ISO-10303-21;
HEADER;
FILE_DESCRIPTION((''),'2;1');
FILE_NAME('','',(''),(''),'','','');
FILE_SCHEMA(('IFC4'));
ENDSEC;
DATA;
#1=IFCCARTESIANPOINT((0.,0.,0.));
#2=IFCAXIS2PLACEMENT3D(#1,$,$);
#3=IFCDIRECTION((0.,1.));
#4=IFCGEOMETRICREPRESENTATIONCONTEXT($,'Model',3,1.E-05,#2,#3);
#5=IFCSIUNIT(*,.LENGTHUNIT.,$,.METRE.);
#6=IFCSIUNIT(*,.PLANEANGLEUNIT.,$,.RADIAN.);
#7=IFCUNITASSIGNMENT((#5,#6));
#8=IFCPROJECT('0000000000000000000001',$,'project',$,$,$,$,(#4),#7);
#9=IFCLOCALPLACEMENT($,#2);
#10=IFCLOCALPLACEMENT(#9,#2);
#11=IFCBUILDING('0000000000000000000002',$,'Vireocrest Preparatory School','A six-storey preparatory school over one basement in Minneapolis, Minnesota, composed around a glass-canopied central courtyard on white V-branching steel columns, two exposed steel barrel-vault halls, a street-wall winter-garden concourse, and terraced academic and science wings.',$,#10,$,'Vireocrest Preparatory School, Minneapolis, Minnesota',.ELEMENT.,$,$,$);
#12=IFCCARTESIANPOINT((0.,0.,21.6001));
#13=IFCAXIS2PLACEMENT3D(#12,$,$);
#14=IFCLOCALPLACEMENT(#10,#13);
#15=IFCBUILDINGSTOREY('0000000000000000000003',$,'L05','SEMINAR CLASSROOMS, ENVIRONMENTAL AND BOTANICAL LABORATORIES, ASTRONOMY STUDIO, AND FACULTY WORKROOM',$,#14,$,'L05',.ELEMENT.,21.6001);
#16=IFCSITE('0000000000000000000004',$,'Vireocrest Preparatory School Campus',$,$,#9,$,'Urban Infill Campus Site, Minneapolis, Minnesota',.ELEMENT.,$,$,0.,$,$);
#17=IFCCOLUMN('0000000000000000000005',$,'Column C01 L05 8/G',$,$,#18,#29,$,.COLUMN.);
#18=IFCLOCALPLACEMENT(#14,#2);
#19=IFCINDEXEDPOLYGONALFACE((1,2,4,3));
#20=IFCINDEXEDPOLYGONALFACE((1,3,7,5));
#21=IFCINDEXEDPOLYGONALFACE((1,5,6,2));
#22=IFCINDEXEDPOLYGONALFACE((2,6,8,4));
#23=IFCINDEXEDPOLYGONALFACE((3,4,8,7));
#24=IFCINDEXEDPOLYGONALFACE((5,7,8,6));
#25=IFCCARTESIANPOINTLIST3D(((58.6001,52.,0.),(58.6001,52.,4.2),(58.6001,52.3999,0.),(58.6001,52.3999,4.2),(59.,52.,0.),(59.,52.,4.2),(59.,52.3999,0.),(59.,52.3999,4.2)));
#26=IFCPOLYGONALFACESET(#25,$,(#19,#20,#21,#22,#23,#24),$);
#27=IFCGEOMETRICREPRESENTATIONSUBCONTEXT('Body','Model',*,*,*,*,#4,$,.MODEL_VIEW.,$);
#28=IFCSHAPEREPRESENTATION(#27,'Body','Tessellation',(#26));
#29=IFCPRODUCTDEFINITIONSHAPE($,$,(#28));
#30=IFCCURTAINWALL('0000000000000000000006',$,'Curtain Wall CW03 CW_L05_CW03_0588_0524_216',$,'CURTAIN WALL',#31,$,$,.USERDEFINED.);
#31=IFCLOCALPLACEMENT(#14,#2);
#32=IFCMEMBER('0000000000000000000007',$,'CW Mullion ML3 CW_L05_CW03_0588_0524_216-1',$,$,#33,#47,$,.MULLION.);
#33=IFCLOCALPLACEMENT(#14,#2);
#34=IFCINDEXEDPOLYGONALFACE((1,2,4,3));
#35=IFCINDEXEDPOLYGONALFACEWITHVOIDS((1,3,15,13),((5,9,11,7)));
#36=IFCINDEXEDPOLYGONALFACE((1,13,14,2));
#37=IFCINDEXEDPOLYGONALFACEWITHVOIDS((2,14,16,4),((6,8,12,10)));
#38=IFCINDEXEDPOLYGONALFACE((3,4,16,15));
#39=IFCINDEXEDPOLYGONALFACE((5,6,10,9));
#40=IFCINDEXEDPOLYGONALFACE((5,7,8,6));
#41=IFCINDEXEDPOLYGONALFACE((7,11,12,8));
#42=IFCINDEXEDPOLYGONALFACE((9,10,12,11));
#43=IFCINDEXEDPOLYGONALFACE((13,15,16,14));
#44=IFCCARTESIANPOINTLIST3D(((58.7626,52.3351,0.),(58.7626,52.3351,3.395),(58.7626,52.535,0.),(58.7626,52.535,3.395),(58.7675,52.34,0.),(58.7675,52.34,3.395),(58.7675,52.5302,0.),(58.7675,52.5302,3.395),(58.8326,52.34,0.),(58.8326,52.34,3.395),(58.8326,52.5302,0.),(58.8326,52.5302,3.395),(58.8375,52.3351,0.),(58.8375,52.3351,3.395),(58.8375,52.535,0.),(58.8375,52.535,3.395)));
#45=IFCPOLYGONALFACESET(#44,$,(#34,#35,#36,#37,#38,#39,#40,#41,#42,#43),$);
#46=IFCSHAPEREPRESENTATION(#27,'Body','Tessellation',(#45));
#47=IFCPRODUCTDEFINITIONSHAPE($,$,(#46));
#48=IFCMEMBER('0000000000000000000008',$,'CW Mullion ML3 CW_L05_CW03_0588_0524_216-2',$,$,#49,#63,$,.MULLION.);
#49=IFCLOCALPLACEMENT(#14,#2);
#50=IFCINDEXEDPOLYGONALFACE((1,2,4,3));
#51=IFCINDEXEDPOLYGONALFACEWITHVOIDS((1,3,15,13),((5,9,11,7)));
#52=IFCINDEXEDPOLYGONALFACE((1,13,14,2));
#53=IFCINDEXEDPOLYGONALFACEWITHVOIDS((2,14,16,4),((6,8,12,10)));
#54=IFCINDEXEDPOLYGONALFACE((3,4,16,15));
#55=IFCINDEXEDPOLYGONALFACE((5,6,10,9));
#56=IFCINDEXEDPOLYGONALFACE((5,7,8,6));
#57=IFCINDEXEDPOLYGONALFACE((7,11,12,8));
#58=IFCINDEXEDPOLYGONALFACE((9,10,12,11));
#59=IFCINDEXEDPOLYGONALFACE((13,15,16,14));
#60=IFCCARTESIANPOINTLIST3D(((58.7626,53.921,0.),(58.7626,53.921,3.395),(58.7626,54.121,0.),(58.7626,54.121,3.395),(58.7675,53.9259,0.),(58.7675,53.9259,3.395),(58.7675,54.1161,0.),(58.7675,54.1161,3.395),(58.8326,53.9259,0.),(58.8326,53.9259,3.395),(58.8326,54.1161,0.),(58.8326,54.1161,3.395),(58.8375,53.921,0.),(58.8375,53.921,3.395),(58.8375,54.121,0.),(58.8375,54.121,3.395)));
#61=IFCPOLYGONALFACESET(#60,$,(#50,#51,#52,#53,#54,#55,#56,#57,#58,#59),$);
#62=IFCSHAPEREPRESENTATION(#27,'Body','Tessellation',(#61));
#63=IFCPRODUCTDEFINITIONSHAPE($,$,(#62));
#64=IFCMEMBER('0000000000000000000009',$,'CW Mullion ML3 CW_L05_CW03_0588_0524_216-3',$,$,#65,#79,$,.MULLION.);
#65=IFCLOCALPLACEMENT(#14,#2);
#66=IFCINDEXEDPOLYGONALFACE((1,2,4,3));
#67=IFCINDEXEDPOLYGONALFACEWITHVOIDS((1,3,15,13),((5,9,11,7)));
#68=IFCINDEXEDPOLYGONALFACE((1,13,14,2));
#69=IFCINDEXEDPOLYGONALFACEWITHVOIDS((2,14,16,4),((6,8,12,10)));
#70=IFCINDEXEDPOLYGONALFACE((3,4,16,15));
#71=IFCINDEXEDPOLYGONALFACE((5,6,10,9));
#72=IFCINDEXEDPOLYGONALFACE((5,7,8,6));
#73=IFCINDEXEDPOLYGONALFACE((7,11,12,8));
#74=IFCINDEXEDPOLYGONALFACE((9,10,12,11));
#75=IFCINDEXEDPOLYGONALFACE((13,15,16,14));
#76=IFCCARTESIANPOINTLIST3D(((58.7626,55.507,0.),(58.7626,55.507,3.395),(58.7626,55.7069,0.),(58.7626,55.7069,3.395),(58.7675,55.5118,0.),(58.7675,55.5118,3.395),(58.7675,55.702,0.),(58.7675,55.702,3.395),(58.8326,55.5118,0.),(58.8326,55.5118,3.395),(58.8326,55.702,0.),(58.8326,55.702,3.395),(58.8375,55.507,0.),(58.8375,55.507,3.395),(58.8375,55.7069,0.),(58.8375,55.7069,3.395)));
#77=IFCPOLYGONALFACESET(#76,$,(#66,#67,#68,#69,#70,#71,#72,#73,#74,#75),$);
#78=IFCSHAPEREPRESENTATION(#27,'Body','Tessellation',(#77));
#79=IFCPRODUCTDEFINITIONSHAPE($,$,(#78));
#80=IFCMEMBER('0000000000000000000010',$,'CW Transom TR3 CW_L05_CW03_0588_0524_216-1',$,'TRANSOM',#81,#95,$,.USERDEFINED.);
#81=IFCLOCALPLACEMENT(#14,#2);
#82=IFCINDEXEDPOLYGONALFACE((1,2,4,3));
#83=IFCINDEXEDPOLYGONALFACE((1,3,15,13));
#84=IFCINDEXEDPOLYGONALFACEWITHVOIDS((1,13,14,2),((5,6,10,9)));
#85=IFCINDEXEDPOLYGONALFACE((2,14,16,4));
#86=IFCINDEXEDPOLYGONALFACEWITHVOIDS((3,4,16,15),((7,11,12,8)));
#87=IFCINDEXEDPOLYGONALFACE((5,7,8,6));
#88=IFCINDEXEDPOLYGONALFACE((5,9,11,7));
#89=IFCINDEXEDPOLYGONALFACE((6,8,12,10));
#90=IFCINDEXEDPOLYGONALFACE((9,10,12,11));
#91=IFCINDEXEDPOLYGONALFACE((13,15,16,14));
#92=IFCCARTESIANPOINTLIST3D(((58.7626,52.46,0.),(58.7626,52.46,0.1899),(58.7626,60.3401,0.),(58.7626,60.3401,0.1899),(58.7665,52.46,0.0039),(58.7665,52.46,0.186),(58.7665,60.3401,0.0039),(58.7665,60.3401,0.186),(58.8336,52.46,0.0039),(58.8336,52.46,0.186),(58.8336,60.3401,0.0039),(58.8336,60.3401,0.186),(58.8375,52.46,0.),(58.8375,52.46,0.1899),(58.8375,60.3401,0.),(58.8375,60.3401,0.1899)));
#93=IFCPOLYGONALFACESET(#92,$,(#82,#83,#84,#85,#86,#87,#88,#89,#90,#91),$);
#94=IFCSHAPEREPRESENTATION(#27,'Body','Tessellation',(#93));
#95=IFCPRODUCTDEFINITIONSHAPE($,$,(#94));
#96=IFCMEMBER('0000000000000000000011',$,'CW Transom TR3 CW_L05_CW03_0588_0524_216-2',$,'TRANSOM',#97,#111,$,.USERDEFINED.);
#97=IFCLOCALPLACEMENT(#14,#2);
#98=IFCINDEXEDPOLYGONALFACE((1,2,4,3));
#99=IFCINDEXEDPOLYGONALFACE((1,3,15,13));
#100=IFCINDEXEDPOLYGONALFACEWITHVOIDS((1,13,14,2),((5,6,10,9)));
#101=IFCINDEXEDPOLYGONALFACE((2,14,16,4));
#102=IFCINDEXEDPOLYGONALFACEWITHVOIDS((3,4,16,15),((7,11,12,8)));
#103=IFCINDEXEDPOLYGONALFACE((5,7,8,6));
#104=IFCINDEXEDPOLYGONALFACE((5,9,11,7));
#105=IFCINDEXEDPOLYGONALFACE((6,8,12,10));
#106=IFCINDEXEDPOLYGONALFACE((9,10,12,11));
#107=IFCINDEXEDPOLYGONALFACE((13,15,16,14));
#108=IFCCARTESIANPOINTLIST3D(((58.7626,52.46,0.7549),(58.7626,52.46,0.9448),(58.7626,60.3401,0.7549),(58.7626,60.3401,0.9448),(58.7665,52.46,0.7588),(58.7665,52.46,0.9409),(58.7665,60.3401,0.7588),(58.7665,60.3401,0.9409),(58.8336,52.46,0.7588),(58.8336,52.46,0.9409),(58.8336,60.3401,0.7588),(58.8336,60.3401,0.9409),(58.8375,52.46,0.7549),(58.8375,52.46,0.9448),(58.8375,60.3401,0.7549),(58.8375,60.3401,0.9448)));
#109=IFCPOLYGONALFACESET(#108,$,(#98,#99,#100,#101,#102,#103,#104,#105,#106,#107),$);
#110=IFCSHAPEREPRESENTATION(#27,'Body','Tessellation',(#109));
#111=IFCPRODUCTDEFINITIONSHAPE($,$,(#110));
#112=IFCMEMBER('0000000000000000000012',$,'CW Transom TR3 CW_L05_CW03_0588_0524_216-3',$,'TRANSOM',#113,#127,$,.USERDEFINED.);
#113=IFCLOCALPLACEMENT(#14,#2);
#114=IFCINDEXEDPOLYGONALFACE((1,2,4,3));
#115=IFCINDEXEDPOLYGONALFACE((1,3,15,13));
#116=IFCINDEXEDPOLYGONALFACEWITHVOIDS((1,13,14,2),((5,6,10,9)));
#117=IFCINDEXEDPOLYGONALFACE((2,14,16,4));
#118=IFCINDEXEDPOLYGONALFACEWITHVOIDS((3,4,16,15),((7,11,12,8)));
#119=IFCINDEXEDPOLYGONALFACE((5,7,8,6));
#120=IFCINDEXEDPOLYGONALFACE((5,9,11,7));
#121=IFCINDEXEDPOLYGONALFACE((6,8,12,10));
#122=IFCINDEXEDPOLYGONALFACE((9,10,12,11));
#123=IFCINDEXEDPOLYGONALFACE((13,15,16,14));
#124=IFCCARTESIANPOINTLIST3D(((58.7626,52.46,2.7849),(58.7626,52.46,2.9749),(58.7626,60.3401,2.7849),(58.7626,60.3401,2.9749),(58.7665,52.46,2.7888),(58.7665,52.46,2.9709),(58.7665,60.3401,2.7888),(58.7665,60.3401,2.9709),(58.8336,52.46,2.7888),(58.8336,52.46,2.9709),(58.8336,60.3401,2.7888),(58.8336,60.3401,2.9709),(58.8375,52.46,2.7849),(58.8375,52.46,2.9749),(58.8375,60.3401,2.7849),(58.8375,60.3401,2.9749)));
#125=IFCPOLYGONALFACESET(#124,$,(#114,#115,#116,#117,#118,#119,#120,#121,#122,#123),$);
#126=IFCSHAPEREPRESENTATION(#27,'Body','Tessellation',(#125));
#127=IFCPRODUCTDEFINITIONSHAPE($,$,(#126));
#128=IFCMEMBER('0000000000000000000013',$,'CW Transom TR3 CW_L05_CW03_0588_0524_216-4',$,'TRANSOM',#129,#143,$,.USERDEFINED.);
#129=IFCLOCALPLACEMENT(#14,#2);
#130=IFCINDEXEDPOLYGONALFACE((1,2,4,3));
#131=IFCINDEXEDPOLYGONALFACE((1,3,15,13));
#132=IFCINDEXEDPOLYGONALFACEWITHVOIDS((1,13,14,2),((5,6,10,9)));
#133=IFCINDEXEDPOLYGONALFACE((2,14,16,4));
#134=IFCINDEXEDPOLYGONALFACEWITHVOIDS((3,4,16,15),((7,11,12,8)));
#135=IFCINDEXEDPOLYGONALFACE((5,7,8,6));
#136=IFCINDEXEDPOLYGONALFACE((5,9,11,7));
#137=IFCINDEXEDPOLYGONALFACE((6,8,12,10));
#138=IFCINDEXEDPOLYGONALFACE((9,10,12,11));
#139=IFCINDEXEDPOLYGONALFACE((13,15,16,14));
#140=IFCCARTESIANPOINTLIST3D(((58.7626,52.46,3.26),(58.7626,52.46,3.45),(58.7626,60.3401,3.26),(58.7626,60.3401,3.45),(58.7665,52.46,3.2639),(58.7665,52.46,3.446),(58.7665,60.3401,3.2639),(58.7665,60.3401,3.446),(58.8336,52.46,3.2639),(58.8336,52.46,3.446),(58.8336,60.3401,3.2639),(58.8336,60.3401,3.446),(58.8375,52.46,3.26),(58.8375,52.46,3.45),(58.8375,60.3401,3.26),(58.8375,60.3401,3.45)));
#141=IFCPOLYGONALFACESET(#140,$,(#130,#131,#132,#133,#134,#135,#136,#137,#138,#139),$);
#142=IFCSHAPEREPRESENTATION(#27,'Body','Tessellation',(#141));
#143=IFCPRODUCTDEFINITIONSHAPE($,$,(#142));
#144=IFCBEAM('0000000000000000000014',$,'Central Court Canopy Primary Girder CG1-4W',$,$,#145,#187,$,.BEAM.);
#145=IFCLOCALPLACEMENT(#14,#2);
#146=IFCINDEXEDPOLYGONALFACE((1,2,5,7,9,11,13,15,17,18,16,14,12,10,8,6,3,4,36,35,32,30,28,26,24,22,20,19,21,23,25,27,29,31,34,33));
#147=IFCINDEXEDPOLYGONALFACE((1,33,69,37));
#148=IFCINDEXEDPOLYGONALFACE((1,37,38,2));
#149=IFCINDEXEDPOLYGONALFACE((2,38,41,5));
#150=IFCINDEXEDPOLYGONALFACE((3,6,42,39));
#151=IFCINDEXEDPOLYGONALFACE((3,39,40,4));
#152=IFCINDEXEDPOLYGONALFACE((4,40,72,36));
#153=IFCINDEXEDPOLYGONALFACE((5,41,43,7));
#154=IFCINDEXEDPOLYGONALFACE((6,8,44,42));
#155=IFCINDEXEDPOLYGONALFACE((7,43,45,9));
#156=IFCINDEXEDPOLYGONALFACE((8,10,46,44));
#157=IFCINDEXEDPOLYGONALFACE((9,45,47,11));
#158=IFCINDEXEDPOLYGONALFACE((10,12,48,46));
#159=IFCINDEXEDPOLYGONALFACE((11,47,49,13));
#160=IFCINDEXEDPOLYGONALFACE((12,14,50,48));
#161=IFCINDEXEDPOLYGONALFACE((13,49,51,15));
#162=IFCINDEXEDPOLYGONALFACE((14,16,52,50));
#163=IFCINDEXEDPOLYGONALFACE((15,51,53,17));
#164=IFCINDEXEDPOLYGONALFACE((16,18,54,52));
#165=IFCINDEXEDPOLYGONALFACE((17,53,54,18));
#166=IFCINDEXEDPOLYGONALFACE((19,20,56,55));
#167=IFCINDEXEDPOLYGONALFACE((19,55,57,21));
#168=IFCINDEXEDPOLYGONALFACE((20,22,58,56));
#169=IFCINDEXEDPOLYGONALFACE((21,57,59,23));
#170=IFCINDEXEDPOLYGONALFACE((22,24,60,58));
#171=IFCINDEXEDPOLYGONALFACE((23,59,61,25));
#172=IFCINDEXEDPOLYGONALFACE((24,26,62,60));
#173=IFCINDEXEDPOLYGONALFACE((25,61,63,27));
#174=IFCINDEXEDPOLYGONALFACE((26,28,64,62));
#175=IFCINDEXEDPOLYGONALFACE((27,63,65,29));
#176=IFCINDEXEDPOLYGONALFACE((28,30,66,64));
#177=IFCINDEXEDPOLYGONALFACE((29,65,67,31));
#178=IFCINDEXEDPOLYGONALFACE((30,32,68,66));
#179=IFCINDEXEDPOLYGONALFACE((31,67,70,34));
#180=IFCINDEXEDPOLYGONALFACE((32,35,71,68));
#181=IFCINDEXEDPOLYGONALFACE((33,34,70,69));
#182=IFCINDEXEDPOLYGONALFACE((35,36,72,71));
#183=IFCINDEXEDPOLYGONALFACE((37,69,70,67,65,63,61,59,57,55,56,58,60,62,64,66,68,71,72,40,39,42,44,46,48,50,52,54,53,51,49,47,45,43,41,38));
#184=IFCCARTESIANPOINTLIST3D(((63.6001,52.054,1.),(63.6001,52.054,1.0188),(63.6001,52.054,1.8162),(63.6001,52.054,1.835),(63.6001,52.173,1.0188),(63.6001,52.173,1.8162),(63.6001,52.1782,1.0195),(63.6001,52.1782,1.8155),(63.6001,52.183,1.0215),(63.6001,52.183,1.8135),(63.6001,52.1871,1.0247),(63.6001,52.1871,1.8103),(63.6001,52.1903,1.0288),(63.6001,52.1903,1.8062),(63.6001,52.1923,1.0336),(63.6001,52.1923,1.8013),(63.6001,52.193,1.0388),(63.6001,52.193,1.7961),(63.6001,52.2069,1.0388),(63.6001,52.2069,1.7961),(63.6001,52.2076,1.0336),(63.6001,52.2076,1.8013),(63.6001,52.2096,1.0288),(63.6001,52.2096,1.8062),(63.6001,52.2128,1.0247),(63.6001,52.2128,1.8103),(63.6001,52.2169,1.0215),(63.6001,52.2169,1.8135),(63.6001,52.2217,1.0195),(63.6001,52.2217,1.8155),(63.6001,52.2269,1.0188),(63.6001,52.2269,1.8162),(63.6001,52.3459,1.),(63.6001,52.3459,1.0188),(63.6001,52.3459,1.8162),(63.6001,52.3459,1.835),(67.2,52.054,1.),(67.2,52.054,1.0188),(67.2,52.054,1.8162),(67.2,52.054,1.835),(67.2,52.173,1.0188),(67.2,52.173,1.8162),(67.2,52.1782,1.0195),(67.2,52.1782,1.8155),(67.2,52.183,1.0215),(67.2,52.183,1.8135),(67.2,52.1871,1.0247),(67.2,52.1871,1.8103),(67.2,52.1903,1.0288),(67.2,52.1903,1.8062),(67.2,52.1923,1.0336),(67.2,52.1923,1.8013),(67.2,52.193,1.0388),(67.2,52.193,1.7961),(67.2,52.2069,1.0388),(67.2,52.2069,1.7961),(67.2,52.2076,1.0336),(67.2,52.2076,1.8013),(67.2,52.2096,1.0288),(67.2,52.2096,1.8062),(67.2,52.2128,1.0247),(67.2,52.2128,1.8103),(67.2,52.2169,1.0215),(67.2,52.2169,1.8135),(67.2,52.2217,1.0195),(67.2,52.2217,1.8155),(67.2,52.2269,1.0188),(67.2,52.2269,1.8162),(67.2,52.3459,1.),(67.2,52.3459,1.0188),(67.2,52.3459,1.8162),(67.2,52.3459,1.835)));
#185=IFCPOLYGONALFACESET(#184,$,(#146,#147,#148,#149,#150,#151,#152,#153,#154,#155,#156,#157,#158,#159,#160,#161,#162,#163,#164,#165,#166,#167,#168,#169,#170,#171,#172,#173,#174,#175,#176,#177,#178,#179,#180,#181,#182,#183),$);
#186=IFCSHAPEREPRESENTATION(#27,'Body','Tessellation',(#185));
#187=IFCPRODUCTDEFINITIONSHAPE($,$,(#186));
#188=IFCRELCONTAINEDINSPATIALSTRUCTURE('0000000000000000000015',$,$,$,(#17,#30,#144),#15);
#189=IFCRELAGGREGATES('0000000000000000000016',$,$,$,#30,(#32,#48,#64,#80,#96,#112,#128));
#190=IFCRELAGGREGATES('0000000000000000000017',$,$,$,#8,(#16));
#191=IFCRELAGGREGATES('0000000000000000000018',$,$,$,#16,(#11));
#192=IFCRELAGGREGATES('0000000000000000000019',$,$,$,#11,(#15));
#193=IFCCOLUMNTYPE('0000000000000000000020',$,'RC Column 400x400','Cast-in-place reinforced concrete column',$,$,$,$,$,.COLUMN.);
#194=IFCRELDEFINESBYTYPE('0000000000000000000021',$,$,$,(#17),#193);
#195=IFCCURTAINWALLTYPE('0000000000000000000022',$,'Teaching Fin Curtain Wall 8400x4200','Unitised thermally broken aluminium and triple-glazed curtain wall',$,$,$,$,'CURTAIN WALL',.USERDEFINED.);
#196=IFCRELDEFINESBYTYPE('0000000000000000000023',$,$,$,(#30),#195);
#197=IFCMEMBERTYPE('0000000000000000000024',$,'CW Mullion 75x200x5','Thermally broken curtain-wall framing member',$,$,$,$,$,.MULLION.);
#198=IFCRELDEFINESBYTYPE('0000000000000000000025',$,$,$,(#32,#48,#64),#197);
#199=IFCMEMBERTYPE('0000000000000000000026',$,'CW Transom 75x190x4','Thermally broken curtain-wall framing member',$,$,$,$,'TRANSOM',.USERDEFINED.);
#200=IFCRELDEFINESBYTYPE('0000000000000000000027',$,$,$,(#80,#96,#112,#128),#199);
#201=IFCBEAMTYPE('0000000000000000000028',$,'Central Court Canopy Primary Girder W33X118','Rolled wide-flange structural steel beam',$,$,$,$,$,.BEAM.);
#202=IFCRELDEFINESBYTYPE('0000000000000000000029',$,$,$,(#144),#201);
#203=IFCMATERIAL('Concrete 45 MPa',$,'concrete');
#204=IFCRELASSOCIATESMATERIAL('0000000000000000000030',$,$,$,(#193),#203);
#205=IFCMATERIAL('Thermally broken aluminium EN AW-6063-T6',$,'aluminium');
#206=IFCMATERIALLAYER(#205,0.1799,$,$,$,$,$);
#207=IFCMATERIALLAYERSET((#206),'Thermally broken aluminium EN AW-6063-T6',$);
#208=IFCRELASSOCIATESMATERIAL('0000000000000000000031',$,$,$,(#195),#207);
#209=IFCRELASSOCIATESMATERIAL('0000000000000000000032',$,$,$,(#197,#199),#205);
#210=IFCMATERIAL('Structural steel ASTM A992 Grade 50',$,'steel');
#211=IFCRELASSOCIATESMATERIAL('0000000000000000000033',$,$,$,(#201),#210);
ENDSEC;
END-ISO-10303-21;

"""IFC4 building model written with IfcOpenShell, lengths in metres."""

from ifc_helpers import new_model, si_unit, direction, frame, origin, origin_2d, place, context, subcontext, project, spatial, rectangle, hollow_rectangle, i_section, extrude, material, layer, layer_set, material_profile, profile_set, type_object, element, aggregate, save


model = new_model("IFC4")

# Units and contexts
model_context = context("Model", 3, precision=1e-05, world=origin(), true_north=direction((0.0, 1.0)))
body_context = subcontext(model_context, "Body", "Model", "MODEL_VIEW")
ifc_project = project(units=[si_unit("LENGTHUNIT", "METRE"), si_unit("PLANEANGLEUNIT", "RADIAN")], contexts=[model_context])

# Site, building, storey
site_placement = place(None, origin())
site = spatial("IfcSite", under=ifc_project, at=site_placement, Name="Vireocrest Preparatory School Campus", LongName="Urban Infill Campus Site, Minneapolis, Minnesota", CompositionType="ELEMENT", RefElevation=0.0)
building_placement = place(site_placement, origin())
building = spatial("IfcBuilding", under=site, at=building_placement, Name="Vireocrest Preparatory School", Description="A six-storey preparatory school over one basement in Minneapolis, Minnesota, composed around a glass-canopied central courtyard on white V-branching steel columns, two exposed steel barrel-vault halls, a street-wall winter-garden concourse, and terraced academic and science wings.", LongName="Vireocrest Preparatory School, Minneapolis, Minnesota", CompositionType="ELEMENT")
storey_placement = place(building_placement, frame((0.0, 0.0, 21.6001)))
storey = spatial("IfcBuildingStorey", under=building, at=storey_placement, Name="L05", Description="SEMINAR CLASSROOMS, ENVIRONMENTAL AND BOTANICAL LABORATORIES, ASTRONOMY STUDIO, AND FACULTY WORKROOM", LongName="L05", CompositionType="ELEMENT", Elevation=21.6001)

# Column
ifc_material_1 = material(Name="Concrete 45 MPa", Category="concrete")
ifc_material_profile_1 = material_profile(ifc_material_1, rectangle(XDim=0.3999, YDim=0.3999, at=origin_2d()), Name="RC 400x400")
ifc_profile_set_1 = profile_set([ifc_material_profile_1], Name="Concrete 45 MPa")
column_type = type_object("IfcColumnType", Name="RC Column 400x400", Description="Cast-in-place reinforced concrete column", PredefinedType="COLUMN", material=ifc_profile_set_1)
column_placement = place(storey_placement, frame((58.8, 52.2, 0.0), z_axis=(0.0, 0.0, 1.0), x_axis=(1.0, 0.0, 0.0)))
element("IfcColumn", 1, at=column_placement, inside=storey, type_object=column_type, Name="Column C01 L05 8/G", PredefinedType="COLUMN", context=body_context, shape_type="SweptSolid", body=[
    extrude(rectangle(XDim=0.3999, YDim=0.3999, at=origin_2d()), origin(), (0.0, 0.0, 1.0), 4.2),
])

# Curtain wall, members
ifc_material_2 = material(Name="Thermally broken aluminium EN AW-6063-T6", Category="aluminium")
ifc_layer_1 = layer(ifc_material_2, 0.1799)
ifc_layer_set_1 = layer_set([ifc_layer_1], Name="Thermally broken aluminium EN AW-6063-T6")
curtain_wall_type = type_object("IfcCurtainWallType", Name="Teaching Fin Curtain Wall 8400x4200", Description="Unitised thermally broken aluminium and triple-glazed curtain wall", ElementType="CURTAIN WALL", PredefinedType="USERDEFINED", material=ifc_layer_set_1)
curtain_wall_placement = place(storey_placement, origin())
curtain_wall = element("IfcCurtainWall", 2, at=curtain_wall_placement, inside=storey, type_object=curtain_wall_type, Name="Curtain Wall CW03 CW_L05_CW03_0588_0524_216", ObjectType="CURTAIN WALL", PredefinedType="USERDEFINED")
ifc_material_profile_2 = material_profile(ifc_material_2, hollow_rectangle(XDim=0.075, YDim=0.2, WallThickness=0.0049, at=origin_2d()), Name="ALU 75x200x5")
ifc_profile_set_2 = profile_set([ifc_material_profile_2], Name="Thermally broken aluminium EN AW-6063-T6")
member_type_1 = type_object("IfcMemberType", Name="CW Mullion 75x200x5", Description="Thermally broken curtain-wall framing member", PredefinedType="MULLION", material=ifc_profile_set_2)
member_1_placement = place(storey_placement, frame((58.8, 52.4351, 0.0), z_axis=(0.0, 0.0, 1.0), x_axis=(1.0, 0.0, 0.0)))
member_1 = element("IfcMember", 3, at=member_1_placement, type_object=member_type_1, Name="CW Mullion ML3 CW_L05_CW03_0588_0524_216-1", PredefinedType="MULLION", context=body_context, shape_type="SweptSolid", body=[
    extrude(hollow_rectangle(XDim=0.075, YDim=0.2, WallThickness=0.0049, at=origin_2d()), origin(), (0.0, 0.0, 1.0), 3.395),
])
member_2_placement = place(storey_placement, frame((58.8, 54.021, 0.0), z_axis=(0.0, 0.0, 1.0), x_axis=(1.0, 0.0, 0.0)))
member_2 = element("IfcMember", 4, at=member_2_placement, type_object=member_type_1, Name="CW Mullion ML3 CW_L05_CW03_0588_0524_216-2", PredefinedType="MULLION", context=body_context, shape_type="SweptSolid", body=[
    extrude(hollow_rectangle(XDim=0.075, YDim=0.2, WallThickness=0.0049, at=origin_2d()), origin(), (0.0, 0.0, 1.0), 3.395),
])
member_3_placement = place(storey_placement, frame((58.8, 55.6069, 0.0), z_axis=(0.0, 0.0, 1.0), x_axis=(1.0, 0.0, 0.0)))
member_3 = element("IfcMember", 5, at=member_3_placement, type_object=member_type_1, Name="CW Mullion ML3 CW_L05_CW03_0588_0524_216-3", PredefinedType="MULLION", context=body_context, shape_type="SweptSolid", body=[
    extrude(hollow_rectangle(XDim=0.075, YDim=0.2, WallThickness=0.0049, at=origin_2d()), origin(), (0.0, 0.0, 1.0), 3.395),
])
ifc_material_profile_3 = material_profile(ifc_material_2, hollow_rectangle(XDim=0.075, YDim=0.1899, WallThickness=0.0039, at=origin_2d()), Name="ALU 75x190x4")
ifc_profile_set_3 = profile_set([ifc_material_profile_3], Name="Thermally broken aluminium EN AW-6063-T6")
member_type_2 = type_object("IfcMemberType", Name="CW Transom 75x190x4", Description="Thermally broken curtain-wall framing member", ElementType="TRANSOM", PredefinedType="USERDEFINED", material=ifc_profile_set_3)
member_4_placement = place(storey_placement, frame((58.8, 52.46, 0.095), z_axis=(0.0, 1.0, 0.0), x_axis=(-1.0, 0.0, 0.0)))
member_4 = element("IfcMember", 6, at=member_4_placement, type_object=member_type_2, Name="CW Transom TR3 CW_L05_CW03_0588_0524_216-1", ObjectType="TRANSOM", PredefinedType="USERDEFINED", context=body_context, shape_type="SweptSolid", body=[
    extrude(hollow_rectangle(XDim=0.075, YDim=0.1899, WallThickness=0.0039, at=origin_2d()), origin(), (0.0, 0.0, 1.0), 7.8801),
])
member_5_placement = place(storey_placement, frame((58.8, 52.46, 0.8499), z_axis=(0.0, 1.0, 0.0), x_axis=(-1.0, 0.0, 0.0)))
member_5 = element("IfcMember", 7, at=member_5_placement, type_object=member_type_2, Name="CW Transom TR3 CW_L05_CW03_0588_0524_216-2", ObjectType="TRANSOM", PredefinedType="USERDEFINED", context=body_context, shape_type="SweptSolid", body=[
    extrude(hollow_rectangle(XDim=0.075, YDim=0.1899, WallThickness=0.0039, at=origin_2d()), origin(), (0.0, 0.0, 1.0), 7.8801),
])
member_6_placement = place(storey_placement, frame((58.8, 52.46, 2.8799), z_axis=(0.0, 1.0, 0.0), x_axis=(-1.0, 0.0, 0.0)))
member_6 = element("IfcMember", 8, at=member_6_placement, type_object=member_type_2, Name="CW Transom TR3 CW_L05_CW03_0588_0524_216-3", ObjectType="TRANSOM", PredefinedType="USERDEFINED", context=body_context, shape_type="SweptSolid", body=[
    extrude(hollow_rectangle(XDim=0.075, YDim=0.1899, WallThickness=0.0039, at=origin_2d()), origin(), (0.0, 0.0, 1.0), 7.8801),
])
member_7_placement = place(storey_placement, frame((58.8, 52.46, 3.355), z_axis=(0.0, 1.0, 0.0), x_axis=(-1.0, 0.0, 0.0)))
member_7 = element("IfcMember", 9, at=member_7_placement, type_object=member_type_2, Name="CW Transom TR3 CW_L05_CW03_0588_0524_216-4", ObjectType="TRANSOM", PredefinedType="USERDEFINED", context=body_context, shape_type="SweptSolid", body=[
    extrude(hollow_rectangle(XDim=0.075, YDim=0.1899, WallThickness=0.0039, at=origin_2d()), origin(), (0.0, 0.0, 1.0), 7.8801),
])

# Beam
ifc_material_3 = material(Name="Structural steel ASTM A992 Grade 50", Category="steel")
ifc_material_profile_4 = material_profile(ifc_material_3, i_section(OverallWidth=0.292, OverallDepth=0.835, WebThickness=0.0139, FlangeThickness=0.0188, FilletRadius=0.02, at=origin_2d()), Name="W33X118")
ifc_profile_set_4 = profile_set([ifc_material_profile_4], Name="Structural steel ASTM A992 Grade 50")
beam_type_1 = type_object("IfcBeamType", Name="Central Court Canopy Primary Girder W33X118", Description="Rolled wide-flange structural steel beam", PredefinedType="BEAM", material=ifc_profile_set_4)
beam_1_placement = place(storey_placement, frame((63.6001, 52.2, 1.4175), z_axis=(1.0, 0.0, 0.0), x_axis=(0.0, 1.0, 0.0)))
element("IfcBeam", 10, at=beam_1_placement, inside=storey, type_object=beam_type_1, Name="Central Court Canopy Primary Girder CG1-4W", PredefinedType="BEAM", context=body_context, shape_type="SweptSolid", body=[
    extrude(i_section(OverallWidth=0.292, OverallDepth=0.835, WebThickness=0.0139, FlangeThickness=0.0188, FilletRadius=0.02, at=origin_2d()), origin(), (0.0, 0.0, 1.0), 3.5999),
])

aggregate(curtain_wall, [member_1, member_2, member_3, member_4, member_5, member_6, member_7])

save(model, "model.ifc")
